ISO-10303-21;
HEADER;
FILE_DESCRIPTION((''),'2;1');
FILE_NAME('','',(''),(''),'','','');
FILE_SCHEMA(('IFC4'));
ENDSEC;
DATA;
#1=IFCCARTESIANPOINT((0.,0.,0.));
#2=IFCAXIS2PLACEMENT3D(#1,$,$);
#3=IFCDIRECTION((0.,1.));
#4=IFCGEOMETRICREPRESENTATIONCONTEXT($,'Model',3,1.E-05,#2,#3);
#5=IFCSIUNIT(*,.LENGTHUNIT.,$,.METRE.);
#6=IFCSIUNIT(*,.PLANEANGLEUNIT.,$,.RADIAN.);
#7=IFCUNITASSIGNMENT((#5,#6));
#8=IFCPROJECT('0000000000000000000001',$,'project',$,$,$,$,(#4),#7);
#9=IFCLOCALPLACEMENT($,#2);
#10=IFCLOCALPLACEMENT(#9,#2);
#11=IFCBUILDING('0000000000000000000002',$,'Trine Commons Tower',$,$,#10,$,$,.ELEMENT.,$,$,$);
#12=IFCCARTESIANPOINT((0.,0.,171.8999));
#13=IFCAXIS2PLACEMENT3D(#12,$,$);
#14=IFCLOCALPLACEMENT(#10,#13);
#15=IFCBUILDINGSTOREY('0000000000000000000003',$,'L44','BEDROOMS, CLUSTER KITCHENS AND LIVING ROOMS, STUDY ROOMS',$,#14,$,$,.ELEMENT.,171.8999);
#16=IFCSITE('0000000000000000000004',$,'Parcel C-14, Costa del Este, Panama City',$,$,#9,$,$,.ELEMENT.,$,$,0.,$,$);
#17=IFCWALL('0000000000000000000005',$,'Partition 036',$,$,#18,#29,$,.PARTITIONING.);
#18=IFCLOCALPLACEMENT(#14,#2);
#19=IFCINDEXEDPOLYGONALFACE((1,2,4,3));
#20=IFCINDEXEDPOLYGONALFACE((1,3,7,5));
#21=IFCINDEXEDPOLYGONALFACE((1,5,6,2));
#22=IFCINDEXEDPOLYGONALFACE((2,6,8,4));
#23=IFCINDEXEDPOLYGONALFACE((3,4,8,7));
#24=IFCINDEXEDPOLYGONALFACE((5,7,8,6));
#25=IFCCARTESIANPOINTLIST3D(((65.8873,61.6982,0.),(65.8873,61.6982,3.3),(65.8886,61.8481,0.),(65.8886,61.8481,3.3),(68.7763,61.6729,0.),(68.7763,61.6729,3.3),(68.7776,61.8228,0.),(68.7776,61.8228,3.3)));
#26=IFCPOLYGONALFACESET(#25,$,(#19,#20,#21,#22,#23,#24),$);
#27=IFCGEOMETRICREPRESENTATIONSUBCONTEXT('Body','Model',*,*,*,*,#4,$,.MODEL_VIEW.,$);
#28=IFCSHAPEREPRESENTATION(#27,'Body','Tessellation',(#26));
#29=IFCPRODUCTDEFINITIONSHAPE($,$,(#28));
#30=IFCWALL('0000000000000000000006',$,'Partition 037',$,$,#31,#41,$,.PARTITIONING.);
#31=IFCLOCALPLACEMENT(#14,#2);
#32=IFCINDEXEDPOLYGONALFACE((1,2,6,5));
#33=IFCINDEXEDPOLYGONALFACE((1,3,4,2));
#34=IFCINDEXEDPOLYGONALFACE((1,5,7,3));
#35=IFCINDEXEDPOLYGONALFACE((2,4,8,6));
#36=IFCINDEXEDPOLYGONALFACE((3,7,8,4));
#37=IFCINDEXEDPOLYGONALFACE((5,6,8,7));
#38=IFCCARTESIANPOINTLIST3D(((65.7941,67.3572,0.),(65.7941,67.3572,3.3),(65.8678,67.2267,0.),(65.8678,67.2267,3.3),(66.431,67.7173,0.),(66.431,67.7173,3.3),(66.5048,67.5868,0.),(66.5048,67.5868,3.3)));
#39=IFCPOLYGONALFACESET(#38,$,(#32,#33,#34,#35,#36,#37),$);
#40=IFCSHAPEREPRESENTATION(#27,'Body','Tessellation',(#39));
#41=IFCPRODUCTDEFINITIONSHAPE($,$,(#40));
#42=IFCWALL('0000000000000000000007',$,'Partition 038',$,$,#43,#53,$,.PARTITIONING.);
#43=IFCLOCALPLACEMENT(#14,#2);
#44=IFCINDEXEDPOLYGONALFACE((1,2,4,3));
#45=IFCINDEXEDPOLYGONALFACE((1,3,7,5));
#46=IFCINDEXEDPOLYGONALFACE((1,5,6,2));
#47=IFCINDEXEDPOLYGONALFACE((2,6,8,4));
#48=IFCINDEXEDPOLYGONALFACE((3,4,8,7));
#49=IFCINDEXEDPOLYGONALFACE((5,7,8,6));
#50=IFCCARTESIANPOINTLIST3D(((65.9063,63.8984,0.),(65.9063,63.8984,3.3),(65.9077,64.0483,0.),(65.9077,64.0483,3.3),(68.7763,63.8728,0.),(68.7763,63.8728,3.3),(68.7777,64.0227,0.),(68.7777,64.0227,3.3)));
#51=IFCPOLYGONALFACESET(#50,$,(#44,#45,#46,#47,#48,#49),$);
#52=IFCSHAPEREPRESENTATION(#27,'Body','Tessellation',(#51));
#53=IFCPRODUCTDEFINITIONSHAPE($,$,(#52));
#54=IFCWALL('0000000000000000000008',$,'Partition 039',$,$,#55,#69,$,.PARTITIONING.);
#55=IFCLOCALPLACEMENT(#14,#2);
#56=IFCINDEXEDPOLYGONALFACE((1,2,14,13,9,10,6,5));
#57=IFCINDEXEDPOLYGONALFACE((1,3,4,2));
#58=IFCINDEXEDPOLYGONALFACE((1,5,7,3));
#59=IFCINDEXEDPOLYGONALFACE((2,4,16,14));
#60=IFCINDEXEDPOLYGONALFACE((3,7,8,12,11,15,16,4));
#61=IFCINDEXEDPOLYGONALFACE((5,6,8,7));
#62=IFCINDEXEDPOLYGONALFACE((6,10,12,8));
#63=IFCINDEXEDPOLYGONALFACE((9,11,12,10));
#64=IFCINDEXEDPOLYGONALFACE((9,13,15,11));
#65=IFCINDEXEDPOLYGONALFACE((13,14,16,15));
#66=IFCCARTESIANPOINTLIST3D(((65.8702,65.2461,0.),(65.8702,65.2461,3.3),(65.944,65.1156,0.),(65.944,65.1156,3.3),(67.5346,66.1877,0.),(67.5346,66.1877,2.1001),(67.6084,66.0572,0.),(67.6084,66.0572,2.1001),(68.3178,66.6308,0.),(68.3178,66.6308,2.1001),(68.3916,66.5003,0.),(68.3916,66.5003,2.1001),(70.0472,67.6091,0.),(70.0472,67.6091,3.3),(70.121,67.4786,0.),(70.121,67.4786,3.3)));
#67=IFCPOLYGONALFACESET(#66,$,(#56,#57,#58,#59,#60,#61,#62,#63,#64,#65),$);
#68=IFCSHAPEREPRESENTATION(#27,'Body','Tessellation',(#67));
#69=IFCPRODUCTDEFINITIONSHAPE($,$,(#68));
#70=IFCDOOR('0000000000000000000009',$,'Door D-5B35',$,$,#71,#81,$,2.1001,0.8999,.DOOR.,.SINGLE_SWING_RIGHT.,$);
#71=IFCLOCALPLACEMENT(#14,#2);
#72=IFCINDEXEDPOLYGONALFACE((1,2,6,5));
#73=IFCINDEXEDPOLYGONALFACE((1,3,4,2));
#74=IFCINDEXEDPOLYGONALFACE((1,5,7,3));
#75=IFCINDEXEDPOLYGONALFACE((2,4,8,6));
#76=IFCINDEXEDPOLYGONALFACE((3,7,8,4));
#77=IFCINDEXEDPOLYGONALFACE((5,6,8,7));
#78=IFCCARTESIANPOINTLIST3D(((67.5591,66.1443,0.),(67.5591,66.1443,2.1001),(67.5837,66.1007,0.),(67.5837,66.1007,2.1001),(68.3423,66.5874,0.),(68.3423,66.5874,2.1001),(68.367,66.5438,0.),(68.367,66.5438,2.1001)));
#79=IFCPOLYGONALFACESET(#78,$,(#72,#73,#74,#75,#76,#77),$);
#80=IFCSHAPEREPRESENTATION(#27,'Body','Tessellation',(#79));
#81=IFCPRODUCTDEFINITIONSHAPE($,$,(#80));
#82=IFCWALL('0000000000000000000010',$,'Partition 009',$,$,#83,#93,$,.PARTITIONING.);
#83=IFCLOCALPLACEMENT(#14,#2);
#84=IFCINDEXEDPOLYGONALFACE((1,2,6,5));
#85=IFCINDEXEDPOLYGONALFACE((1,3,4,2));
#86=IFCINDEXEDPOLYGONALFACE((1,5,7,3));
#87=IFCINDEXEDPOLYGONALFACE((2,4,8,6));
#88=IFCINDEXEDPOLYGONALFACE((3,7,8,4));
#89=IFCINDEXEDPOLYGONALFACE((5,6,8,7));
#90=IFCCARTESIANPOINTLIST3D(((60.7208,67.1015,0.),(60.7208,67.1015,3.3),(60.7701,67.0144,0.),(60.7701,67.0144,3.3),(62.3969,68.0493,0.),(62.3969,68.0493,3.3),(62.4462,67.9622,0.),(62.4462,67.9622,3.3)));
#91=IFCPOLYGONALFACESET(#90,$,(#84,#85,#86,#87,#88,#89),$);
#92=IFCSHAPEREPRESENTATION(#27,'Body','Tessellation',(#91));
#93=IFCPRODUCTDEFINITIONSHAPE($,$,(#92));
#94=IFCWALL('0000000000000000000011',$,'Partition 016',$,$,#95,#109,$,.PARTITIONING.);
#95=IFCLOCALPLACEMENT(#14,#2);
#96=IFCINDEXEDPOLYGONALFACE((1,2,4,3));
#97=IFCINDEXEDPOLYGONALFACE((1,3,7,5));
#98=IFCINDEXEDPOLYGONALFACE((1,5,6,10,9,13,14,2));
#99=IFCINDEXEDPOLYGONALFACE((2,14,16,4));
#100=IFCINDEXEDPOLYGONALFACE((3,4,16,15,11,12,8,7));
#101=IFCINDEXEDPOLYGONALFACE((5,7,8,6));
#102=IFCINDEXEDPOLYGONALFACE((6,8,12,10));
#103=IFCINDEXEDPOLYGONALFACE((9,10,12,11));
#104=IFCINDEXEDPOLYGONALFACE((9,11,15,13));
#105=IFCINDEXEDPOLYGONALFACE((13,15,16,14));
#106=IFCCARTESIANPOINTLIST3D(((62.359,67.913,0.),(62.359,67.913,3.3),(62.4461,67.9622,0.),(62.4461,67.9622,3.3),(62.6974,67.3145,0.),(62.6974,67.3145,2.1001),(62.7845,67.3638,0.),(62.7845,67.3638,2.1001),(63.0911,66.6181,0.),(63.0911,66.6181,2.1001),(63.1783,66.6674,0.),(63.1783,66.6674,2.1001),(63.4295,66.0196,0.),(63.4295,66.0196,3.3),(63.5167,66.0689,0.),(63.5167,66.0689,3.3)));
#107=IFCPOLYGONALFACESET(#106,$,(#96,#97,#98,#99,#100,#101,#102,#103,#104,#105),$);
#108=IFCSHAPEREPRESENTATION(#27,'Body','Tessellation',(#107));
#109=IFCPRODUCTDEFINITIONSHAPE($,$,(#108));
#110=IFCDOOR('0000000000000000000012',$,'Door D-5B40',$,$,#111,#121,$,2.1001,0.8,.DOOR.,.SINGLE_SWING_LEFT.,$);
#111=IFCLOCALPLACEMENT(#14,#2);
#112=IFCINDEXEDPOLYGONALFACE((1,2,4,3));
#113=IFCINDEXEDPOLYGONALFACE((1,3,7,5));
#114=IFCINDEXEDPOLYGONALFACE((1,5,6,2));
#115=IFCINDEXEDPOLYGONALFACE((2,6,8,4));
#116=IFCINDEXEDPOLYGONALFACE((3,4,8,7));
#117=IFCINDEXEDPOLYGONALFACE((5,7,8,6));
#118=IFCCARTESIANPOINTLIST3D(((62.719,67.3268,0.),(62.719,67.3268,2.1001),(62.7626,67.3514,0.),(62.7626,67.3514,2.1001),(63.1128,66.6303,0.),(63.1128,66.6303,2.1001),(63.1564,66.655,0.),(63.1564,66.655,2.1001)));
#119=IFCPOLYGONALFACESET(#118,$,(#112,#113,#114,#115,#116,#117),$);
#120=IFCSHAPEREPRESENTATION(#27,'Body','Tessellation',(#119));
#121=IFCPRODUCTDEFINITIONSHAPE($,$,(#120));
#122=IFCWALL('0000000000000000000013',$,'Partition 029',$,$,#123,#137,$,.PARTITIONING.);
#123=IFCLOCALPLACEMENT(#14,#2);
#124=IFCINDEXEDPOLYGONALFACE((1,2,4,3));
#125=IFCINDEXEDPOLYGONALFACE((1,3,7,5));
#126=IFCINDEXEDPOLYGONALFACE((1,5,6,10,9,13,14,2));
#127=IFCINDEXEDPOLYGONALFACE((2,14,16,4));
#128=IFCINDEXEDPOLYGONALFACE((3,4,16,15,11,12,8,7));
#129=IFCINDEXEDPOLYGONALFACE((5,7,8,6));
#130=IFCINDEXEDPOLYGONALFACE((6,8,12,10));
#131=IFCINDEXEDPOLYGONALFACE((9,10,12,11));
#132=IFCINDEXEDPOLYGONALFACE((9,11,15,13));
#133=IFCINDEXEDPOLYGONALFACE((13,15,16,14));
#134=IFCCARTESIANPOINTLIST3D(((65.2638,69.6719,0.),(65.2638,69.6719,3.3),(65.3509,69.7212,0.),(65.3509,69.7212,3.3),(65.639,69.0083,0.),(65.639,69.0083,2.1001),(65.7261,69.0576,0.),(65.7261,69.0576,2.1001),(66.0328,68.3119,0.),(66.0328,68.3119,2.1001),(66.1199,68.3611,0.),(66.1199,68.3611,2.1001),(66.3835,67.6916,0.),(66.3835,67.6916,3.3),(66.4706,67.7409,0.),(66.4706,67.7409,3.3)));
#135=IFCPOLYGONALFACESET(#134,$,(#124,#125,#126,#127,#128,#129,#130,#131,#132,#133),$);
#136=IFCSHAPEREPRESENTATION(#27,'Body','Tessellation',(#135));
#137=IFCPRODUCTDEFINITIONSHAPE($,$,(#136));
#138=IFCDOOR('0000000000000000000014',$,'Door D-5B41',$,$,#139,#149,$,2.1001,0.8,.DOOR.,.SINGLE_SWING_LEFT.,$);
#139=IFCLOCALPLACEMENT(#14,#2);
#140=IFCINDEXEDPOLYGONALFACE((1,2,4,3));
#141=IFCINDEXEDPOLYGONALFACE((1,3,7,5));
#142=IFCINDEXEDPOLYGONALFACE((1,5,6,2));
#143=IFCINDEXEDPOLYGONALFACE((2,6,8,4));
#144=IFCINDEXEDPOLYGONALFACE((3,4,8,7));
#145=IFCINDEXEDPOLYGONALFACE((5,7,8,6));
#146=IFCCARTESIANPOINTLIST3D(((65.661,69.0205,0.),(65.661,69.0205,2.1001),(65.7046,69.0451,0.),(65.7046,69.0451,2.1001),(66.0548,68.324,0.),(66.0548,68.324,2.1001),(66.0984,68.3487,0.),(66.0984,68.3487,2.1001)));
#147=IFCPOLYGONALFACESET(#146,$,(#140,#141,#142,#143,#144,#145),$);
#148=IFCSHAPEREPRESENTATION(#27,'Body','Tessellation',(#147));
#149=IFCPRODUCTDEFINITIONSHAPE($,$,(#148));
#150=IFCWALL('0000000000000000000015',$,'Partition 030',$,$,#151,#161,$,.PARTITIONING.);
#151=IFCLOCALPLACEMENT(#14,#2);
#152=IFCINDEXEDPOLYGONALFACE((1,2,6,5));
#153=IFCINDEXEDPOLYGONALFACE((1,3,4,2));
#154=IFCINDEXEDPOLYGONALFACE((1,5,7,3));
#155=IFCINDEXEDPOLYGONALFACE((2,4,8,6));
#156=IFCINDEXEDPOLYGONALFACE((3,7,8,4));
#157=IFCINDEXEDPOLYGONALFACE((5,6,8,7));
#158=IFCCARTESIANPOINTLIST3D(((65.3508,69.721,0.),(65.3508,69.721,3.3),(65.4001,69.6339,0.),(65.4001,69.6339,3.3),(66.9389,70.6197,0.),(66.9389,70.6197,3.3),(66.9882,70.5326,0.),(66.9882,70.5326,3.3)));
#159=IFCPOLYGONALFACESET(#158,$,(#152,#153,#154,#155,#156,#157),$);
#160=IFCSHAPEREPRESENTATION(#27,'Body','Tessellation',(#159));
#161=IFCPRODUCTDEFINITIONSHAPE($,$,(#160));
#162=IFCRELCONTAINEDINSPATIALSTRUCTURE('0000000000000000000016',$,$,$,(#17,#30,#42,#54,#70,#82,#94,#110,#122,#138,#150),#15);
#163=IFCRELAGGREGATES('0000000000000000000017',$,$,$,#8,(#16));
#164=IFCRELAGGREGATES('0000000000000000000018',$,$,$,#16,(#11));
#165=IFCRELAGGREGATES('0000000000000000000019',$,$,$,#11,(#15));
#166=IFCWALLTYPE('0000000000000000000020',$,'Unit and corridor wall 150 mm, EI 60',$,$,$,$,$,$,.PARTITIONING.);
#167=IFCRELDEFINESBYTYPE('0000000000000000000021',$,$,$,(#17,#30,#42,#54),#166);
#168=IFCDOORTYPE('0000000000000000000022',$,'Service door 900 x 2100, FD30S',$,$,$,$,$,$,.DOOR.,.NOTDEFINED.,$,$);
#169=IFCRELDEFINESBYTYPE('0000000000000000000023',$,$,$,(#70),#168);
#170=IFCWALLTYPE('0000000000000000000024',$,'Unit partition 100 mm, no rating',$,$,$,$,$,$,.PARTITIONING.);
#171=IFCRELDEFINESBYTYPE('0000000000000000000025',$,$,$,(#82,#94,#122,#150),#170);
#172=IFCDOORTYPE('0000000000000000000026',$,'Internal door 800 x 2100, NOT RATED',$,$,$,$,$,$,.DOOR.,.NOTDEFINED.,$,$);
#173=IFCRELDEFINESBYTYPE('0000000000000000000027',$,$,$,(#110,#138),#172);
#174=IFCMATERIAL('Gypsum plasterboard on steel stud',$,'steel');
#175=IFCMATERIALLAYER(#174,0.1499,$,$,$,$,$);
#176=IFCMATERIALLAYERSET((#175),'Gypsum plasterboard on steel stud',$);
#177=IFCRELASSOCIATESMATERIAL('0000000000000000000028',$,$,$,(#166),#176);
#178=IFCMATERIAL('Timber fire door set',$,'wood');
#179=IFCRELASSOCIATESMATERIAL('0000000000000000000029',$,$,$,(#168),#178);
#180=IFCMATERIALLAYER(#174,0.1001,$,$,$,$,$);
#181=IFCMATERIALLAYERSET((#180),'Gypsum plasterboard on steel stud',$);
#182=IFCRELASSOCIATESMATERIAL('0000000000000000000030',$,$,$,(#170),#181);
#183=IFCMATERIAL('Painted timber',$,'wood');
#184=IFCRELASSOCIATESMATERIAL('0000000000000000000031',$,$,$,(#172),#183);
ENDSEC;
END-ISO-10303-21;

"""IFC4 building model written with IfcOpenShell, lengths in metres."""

from ifc_helpers import new_model, si_unit, direction, frame, frame_2d, origin, place, context, subcontext, project, spatial, rectangle, extrude, material, layer, layer_set, type_object, element, fill, save


model = new_model("IFC4")

# Units and contexts
model_context = context("Model", 3, precision=1e-05, world=origin(), true_north=direction((0.0, 1.0)))
body_context = subcontext(model_context, "Body", "Model", "MODEL_VIEW")
ifc_project = project(units=[si_unit("LENGTHUNIT", "METRE"), si_unit("PLANEANGLEUNIT", "RADIAN")], contexts=[model_context])

# Site, building, storey
site_placement = place(None, origin())
site = spatial("IfcSite", under=ifc_project, at=site_placement, Name="Parcel C-14, Costa del Este, Panama City", CompositionType="ELEMENT", RefElevation=0.0)
building_placement = place(site_placement, origin())
building = spatial("IfcBuilding", under=site, at=building_placement, Name="Trine Commons Tower", CompositionType="ELEMENT")
storey_placement = place(building_placement, frame((0.0, 0.0, 171.8999)))
storey = spatial("IfcBuildingStorey", under=building, at=storey_placement, Name="L44", Description="BEDROOMS, CLUSTER KITCHENS AND LIVING ROOMS, STUDY ROOMS", CompositionType="ELEMENT", Elevation=171.8999)

# Shared definitions
ifc_material_1 = material(Name="Gypsum plasterboard on steel stud", Category="steel")
ifc_layer_1 = layer(ifc_material_1, 0.1499)
ifc_layer_set_1 = layer_set([ifc_layer_1], Name="Gypsum plasterboard on steel stud")
wall_type_1 = type_object("IfcWallType", Name="Unit and corridor wall 150 mm, EI 60", PredefinedType="PARTITIONING", material=ifc_layer_set_1)

# Shared definitions
ifc_material_2 = material(Name="Timber fire door set", Category="wood")

# Shared definitions
door_type_1 = type_object("IfcDoorType", Name="Service door 900 x 2100, FD30S", OperationType="NOTDEFINED", PredefinedType="DOOR", material=ifc_material_2)

# Walls
wall_1_placement = place(storey_placement, frame((65.8879, 61.7732, 0.0), z_axis=(0.0, 0.0, 1.0), x_axis=(0.999961, -0.008788, 0.0)))
element("IfcWall", 1, at=wall_1_placement, inside=storey, type_object=wall_type_1, Name="Partition 036", PredefinedType="PARTITIONING", context=body_context, shape_type="SweptSolid", body=[
    extrude(rectangle(XDim=2.8892, YDim=0.1499, at=frame_2d((1.4446, 0.0))), origin(), (0.0, 0.0, 1.0), 3.3),
])
wall_2_placement = place(storey_placement, frame((65.8311, 67.292, 0.0), z_axis=(0.0, 0.0, 1.0), x_axis=(0.870513, 0.492145, 0.0)))
element("IfcWall", 2, at=wall_2_placement, inside=storey, type_object=wall_type_1, Name="Partition 037", PredefinedType="PARTITIONING", context=body_context, shape_type="SweptSolid", body=[
    extrude(rectangle(XDim=0.7317, YDim=0.1499, at=frame_2d((0.3657, 0.0))), origin(), (0.0, 0.0, 1.0), 3.3),
])
wall_3_placement = place(storey_placement, frame((65.907, 63.9734, 0.0), z_axis=(0.0, 0.0, 1.0), x_axis=(0.99996, -0.008931, 0.0)))
element("IfcWall", 3, at=wall_3_placement, inside=storey, type_object=wall_type_1, Name="Partition 038", PredefinedType="PARTITIONING", context=body_context, shape_type="SweptSolid", body=[
    extrude(rectangle(XDim=2.8701, YDim=0.1499, at=frame_2d((1.4351, 0.0))), origin(), (0.0, 0.0, 1.0), 3.3),
])

# Wall, opening, door
wall_4_placement = place(storey_placement, frame((65.9072, 65.1809, 0.0), z_axis=(0.0, 0.0, 1.0), x_axis=(0.870373, 0.492392, 0.0)))
wall_4 = element("IfcWall", 4, at=wall_4_placement, inside=storey, type_object=wall_type_1, Name="Partition 039", PredefinedType="PARTITIONING", context=body_context, shape_type="SweptSolid", body=[
    extrude(rectangle(XDim=4.7991, YDim=0.1499, at=frame_2d((2.3994, 0.0))), origin(), (0.0, 0.0, 1.0), 3.3),
])
opening_1_placement = place(wall_4_placement, frame((1.9121, 0.0, 0.0)))
opening_1 = element("IfcOpeningElement", 5, at=opening_1_placement, cuts=wall_4, PredefinedType="OPENING", context=body_context, shape_type="SweptSolid", body=[
    extrude(rectangle(XDim=0.8999, YDim=2.1001, at=frame_2d((0.45, 1.05))), frame((0.0, 0.085, 0.0), z_axis=(0.0, -1.0, 0.0), x_axis=(1.0, 0.0, 0.0)), (0.0, 0.0, 1.0), 0.1699),
])
door_1_placement = place(opening_1_placement, frame((0.8999, 0.0, 0.0), z_axis=(0.0, 0.0, 1.0), x_axis=(-1.0, 0.0, 0.0)))
door_1 = element("IfcDoor", 6, at=door_1_placement, inside=storey, type_object=door_type_1, Name="Door D-5B35", OperationType="SINGLE_SWING_RIGHT", OverallHeight=2.1001, OverallWidth=0.8999, PredefinedType="DOOR", context=body_context, shape_type="SweptSolid", body=[
    extrude(rectangle(XDim=0.8999, YDim=2.1001, at=frame_2d((0.45, 1.05))), frame((0.0, 0.0249, 0.0), z_axis=(0.0, -1.0, 0.0), x_axis=(1.0, 0.0, 0.0)), (0.0, 0.0, 1.0), 0.05),
])
fill(opening_1, door_1)

# Wall
ifc_layer_2 = layer(ifc_material_1, 0.1001)
ifc_layer_set_2 = layer_set([ifc_layer_2], Name="Gypsum plasterboard on steel stud")
wall_type_2 = type_object("IfcWallType", Name="Unit partition 100 mm, no rating", PredefinedType="PARTITIONING", material=ifc_layer_set_2)
wall_5_placement = place(storey_placement, frame((60.7454, 67.0579, 0.0), z_axis=(0.0, 0.0, 1.0), x_axis=(0.870466, 0.492229, 0.0)))
element("IfcWall", 7, at=wall_5_placement, inside=storey, type_object=wall_type_2, Name="Partition 009", PredefinedType="PARTITIONING", context=body_context, shape_type="SweptSolid", body=[
    extrude(rectangle(XDim=1.9255, YDim=0.1001, at=frame_2d((0.9629, 0.0))), origin(), (0.0, 0.0, 1.0), 3.3),
])

# Walls, openings, doors
wall_6_placement = place(storey_placement, frame((62.4026, 67.9375, 0.0), z_axis=(0.0, 0.0, 1.0), x_axis=(0.492205, -0.870479, 0.0)))
wall_6 = element("IfcWall", 8, at=wall_6_placement, inside=storey, type_object=wall_type_2, Name="Partition 016", PredefinedType="PARTITIONING", context=body_context, shape_type="SweptSolid", body=[
    extrude(rectangle(XDim=2.175, YDim=0.1001, at=frame_2d((1.0874, 0.0))), origin(), (0.0, 0.0, 1.0), 3.3),
])
opening_2_placement = place(wall_6_placement, frame((0.6875, 0.0, 0.0)))
opening_2 = element("IfcOpeningElement", 9, at=opening_2_placement, cuts=wall_6, PredefinedType="OPENING", context=body_context, shape_type="SweptSolid", body=[
    extrude(rectangle(XDim=0.8, YDim=2.1001, at=frame_2d((0.3999, 1.05))), frame((0.0, 0.0601, 0.0), z_axis=(0.0, -1.0, 0.0), x_axis=(1.0, 0.0, 0.0)), (0.0, 0.0, 1.0), 0.1201),
])
ifc_material_3 = material(Name="Painted timber", Category="wood")
door_type_2 = type_object("IfcDoorType", Name="Internal door 800 x 2100, NOT RATED", OperationType="NOTDEFINED", PredefinedType="DOOR", material=ifc_material_3)
door_2_placement = place(opening_2_placement, origin())
door_2 = element("IfcDoor", 10, at=door_2_placement, inside=storey, type_object=door_type_2, Name="Door D-5B40", OperationType="SINGLE_SWING_LEFT", OverallHeight=2.1001, OverallWidth=0.8, PredefinedType="DOOR", context=body_context, shape_type="SweptSolid", body=[
    extrude(rectangle(XDim=0.8, YDim=2.1001, at=frame_2d((0.3999, 1.05))), frame((0.0, 0.0249, 0.0), z_axis=(0.0, -1.0, 0.0), x_axis=(1.0, 0.0, 0.0)), (0.0, 0.0, 1.0), 0.05),
])
fill(opening_2, door_2)
wall_7_placement = place(storey_placement, frame((65.3074, 69.6965, 0.0), z_axis=(0.0, 0.0, 1.0), x_axis=(0.492181, -0.870493, 0.0)))
wall_7 = element("IfcWall", 11, at=wall_7_placement, inside=storey, type_object=wall_type_2, Name="Partition 029", PredefinedType="PARTITIONING", context=body_context, shape_type="SweptSolid", body=[
    extrude(rectangle(XDim=2.2749, YDim=0.1001, at=frame_2d((1.1375, 0.0))), origin(), (0.0, 0.0, 1.0), 3.3),
])
opening_3_placement = place(wall_7_placement, frame((0.7625, 0.0, 0.0)))
opening_3 = element("IfcOpeningElement", 12, at=opening_3_placement, cuts=wall_7, PredefinedType="OPENING", context=body_context, shape_type="SweptSolid", body=[
    extrude(rectangle(XDim=0.8, YDim=2.1001, at=frame_2d((0.3999, 1.05))), frame((0.0, 0.0601, 0.0), z_axis=(0.0, -1.0, 0.0), x_axis=(1.0, 0.0, 0.0)), (0.0, 0.0, 1.0), 0.1201),
])
door_3_placement = place(opening_3_placement, frame((0.8, 0.0, 0.0), z_axis=(0.0, 0.0, 1.0), x_axis=(-1.0, 0.0, 0.0)))
door_3 = element("IfcDoor", 13, at=door_3_placement, inside=storey, type_object=door_type_2, Name="Door D-5B41", OperationType="SINGLE_SWING_LEFT", OverallHeight=2.1001, OverallWidth=0.8, PredefinedType="DOOR", context=body_context, shape_type="SweptSolid", body=[
    extrude(rectangle(XDim=0.8, YDim=2.1001, at=frame_2d((0.3999, 1.05))), frame((0.0, 0.0249, 0.0), z_axis=(0.0, -1.0, 0.0), x_axis=(1.0, 0.0, 0.0)), (0.0, 0.0, 1.0), 0.05),
])
fill(opening_3, door_3)

# Wall
wall_8_placement = place(storey_placement, frame((65.3755, 69.6775, 0.0), z_axis=(0.0, 0.0, 1.0), x_axis=(0.870319, 0.492489, 0.0)))
element("IfcWall", 14, at=wall_8_placement, inside=storey, type_object=wall_type_2, Name="Partition 030", PredefinedType="PARTITIONING", context=body_context, shape_type="SweptSolid", body=[
    extrude(rectangle(XDim=1.8247, YDim=0.1001, at=frame_2d((0.9124, 0.0))), origin(), (0.0, 0.0, 1.0), 3.3),
])

save(model, "model.ifc")
